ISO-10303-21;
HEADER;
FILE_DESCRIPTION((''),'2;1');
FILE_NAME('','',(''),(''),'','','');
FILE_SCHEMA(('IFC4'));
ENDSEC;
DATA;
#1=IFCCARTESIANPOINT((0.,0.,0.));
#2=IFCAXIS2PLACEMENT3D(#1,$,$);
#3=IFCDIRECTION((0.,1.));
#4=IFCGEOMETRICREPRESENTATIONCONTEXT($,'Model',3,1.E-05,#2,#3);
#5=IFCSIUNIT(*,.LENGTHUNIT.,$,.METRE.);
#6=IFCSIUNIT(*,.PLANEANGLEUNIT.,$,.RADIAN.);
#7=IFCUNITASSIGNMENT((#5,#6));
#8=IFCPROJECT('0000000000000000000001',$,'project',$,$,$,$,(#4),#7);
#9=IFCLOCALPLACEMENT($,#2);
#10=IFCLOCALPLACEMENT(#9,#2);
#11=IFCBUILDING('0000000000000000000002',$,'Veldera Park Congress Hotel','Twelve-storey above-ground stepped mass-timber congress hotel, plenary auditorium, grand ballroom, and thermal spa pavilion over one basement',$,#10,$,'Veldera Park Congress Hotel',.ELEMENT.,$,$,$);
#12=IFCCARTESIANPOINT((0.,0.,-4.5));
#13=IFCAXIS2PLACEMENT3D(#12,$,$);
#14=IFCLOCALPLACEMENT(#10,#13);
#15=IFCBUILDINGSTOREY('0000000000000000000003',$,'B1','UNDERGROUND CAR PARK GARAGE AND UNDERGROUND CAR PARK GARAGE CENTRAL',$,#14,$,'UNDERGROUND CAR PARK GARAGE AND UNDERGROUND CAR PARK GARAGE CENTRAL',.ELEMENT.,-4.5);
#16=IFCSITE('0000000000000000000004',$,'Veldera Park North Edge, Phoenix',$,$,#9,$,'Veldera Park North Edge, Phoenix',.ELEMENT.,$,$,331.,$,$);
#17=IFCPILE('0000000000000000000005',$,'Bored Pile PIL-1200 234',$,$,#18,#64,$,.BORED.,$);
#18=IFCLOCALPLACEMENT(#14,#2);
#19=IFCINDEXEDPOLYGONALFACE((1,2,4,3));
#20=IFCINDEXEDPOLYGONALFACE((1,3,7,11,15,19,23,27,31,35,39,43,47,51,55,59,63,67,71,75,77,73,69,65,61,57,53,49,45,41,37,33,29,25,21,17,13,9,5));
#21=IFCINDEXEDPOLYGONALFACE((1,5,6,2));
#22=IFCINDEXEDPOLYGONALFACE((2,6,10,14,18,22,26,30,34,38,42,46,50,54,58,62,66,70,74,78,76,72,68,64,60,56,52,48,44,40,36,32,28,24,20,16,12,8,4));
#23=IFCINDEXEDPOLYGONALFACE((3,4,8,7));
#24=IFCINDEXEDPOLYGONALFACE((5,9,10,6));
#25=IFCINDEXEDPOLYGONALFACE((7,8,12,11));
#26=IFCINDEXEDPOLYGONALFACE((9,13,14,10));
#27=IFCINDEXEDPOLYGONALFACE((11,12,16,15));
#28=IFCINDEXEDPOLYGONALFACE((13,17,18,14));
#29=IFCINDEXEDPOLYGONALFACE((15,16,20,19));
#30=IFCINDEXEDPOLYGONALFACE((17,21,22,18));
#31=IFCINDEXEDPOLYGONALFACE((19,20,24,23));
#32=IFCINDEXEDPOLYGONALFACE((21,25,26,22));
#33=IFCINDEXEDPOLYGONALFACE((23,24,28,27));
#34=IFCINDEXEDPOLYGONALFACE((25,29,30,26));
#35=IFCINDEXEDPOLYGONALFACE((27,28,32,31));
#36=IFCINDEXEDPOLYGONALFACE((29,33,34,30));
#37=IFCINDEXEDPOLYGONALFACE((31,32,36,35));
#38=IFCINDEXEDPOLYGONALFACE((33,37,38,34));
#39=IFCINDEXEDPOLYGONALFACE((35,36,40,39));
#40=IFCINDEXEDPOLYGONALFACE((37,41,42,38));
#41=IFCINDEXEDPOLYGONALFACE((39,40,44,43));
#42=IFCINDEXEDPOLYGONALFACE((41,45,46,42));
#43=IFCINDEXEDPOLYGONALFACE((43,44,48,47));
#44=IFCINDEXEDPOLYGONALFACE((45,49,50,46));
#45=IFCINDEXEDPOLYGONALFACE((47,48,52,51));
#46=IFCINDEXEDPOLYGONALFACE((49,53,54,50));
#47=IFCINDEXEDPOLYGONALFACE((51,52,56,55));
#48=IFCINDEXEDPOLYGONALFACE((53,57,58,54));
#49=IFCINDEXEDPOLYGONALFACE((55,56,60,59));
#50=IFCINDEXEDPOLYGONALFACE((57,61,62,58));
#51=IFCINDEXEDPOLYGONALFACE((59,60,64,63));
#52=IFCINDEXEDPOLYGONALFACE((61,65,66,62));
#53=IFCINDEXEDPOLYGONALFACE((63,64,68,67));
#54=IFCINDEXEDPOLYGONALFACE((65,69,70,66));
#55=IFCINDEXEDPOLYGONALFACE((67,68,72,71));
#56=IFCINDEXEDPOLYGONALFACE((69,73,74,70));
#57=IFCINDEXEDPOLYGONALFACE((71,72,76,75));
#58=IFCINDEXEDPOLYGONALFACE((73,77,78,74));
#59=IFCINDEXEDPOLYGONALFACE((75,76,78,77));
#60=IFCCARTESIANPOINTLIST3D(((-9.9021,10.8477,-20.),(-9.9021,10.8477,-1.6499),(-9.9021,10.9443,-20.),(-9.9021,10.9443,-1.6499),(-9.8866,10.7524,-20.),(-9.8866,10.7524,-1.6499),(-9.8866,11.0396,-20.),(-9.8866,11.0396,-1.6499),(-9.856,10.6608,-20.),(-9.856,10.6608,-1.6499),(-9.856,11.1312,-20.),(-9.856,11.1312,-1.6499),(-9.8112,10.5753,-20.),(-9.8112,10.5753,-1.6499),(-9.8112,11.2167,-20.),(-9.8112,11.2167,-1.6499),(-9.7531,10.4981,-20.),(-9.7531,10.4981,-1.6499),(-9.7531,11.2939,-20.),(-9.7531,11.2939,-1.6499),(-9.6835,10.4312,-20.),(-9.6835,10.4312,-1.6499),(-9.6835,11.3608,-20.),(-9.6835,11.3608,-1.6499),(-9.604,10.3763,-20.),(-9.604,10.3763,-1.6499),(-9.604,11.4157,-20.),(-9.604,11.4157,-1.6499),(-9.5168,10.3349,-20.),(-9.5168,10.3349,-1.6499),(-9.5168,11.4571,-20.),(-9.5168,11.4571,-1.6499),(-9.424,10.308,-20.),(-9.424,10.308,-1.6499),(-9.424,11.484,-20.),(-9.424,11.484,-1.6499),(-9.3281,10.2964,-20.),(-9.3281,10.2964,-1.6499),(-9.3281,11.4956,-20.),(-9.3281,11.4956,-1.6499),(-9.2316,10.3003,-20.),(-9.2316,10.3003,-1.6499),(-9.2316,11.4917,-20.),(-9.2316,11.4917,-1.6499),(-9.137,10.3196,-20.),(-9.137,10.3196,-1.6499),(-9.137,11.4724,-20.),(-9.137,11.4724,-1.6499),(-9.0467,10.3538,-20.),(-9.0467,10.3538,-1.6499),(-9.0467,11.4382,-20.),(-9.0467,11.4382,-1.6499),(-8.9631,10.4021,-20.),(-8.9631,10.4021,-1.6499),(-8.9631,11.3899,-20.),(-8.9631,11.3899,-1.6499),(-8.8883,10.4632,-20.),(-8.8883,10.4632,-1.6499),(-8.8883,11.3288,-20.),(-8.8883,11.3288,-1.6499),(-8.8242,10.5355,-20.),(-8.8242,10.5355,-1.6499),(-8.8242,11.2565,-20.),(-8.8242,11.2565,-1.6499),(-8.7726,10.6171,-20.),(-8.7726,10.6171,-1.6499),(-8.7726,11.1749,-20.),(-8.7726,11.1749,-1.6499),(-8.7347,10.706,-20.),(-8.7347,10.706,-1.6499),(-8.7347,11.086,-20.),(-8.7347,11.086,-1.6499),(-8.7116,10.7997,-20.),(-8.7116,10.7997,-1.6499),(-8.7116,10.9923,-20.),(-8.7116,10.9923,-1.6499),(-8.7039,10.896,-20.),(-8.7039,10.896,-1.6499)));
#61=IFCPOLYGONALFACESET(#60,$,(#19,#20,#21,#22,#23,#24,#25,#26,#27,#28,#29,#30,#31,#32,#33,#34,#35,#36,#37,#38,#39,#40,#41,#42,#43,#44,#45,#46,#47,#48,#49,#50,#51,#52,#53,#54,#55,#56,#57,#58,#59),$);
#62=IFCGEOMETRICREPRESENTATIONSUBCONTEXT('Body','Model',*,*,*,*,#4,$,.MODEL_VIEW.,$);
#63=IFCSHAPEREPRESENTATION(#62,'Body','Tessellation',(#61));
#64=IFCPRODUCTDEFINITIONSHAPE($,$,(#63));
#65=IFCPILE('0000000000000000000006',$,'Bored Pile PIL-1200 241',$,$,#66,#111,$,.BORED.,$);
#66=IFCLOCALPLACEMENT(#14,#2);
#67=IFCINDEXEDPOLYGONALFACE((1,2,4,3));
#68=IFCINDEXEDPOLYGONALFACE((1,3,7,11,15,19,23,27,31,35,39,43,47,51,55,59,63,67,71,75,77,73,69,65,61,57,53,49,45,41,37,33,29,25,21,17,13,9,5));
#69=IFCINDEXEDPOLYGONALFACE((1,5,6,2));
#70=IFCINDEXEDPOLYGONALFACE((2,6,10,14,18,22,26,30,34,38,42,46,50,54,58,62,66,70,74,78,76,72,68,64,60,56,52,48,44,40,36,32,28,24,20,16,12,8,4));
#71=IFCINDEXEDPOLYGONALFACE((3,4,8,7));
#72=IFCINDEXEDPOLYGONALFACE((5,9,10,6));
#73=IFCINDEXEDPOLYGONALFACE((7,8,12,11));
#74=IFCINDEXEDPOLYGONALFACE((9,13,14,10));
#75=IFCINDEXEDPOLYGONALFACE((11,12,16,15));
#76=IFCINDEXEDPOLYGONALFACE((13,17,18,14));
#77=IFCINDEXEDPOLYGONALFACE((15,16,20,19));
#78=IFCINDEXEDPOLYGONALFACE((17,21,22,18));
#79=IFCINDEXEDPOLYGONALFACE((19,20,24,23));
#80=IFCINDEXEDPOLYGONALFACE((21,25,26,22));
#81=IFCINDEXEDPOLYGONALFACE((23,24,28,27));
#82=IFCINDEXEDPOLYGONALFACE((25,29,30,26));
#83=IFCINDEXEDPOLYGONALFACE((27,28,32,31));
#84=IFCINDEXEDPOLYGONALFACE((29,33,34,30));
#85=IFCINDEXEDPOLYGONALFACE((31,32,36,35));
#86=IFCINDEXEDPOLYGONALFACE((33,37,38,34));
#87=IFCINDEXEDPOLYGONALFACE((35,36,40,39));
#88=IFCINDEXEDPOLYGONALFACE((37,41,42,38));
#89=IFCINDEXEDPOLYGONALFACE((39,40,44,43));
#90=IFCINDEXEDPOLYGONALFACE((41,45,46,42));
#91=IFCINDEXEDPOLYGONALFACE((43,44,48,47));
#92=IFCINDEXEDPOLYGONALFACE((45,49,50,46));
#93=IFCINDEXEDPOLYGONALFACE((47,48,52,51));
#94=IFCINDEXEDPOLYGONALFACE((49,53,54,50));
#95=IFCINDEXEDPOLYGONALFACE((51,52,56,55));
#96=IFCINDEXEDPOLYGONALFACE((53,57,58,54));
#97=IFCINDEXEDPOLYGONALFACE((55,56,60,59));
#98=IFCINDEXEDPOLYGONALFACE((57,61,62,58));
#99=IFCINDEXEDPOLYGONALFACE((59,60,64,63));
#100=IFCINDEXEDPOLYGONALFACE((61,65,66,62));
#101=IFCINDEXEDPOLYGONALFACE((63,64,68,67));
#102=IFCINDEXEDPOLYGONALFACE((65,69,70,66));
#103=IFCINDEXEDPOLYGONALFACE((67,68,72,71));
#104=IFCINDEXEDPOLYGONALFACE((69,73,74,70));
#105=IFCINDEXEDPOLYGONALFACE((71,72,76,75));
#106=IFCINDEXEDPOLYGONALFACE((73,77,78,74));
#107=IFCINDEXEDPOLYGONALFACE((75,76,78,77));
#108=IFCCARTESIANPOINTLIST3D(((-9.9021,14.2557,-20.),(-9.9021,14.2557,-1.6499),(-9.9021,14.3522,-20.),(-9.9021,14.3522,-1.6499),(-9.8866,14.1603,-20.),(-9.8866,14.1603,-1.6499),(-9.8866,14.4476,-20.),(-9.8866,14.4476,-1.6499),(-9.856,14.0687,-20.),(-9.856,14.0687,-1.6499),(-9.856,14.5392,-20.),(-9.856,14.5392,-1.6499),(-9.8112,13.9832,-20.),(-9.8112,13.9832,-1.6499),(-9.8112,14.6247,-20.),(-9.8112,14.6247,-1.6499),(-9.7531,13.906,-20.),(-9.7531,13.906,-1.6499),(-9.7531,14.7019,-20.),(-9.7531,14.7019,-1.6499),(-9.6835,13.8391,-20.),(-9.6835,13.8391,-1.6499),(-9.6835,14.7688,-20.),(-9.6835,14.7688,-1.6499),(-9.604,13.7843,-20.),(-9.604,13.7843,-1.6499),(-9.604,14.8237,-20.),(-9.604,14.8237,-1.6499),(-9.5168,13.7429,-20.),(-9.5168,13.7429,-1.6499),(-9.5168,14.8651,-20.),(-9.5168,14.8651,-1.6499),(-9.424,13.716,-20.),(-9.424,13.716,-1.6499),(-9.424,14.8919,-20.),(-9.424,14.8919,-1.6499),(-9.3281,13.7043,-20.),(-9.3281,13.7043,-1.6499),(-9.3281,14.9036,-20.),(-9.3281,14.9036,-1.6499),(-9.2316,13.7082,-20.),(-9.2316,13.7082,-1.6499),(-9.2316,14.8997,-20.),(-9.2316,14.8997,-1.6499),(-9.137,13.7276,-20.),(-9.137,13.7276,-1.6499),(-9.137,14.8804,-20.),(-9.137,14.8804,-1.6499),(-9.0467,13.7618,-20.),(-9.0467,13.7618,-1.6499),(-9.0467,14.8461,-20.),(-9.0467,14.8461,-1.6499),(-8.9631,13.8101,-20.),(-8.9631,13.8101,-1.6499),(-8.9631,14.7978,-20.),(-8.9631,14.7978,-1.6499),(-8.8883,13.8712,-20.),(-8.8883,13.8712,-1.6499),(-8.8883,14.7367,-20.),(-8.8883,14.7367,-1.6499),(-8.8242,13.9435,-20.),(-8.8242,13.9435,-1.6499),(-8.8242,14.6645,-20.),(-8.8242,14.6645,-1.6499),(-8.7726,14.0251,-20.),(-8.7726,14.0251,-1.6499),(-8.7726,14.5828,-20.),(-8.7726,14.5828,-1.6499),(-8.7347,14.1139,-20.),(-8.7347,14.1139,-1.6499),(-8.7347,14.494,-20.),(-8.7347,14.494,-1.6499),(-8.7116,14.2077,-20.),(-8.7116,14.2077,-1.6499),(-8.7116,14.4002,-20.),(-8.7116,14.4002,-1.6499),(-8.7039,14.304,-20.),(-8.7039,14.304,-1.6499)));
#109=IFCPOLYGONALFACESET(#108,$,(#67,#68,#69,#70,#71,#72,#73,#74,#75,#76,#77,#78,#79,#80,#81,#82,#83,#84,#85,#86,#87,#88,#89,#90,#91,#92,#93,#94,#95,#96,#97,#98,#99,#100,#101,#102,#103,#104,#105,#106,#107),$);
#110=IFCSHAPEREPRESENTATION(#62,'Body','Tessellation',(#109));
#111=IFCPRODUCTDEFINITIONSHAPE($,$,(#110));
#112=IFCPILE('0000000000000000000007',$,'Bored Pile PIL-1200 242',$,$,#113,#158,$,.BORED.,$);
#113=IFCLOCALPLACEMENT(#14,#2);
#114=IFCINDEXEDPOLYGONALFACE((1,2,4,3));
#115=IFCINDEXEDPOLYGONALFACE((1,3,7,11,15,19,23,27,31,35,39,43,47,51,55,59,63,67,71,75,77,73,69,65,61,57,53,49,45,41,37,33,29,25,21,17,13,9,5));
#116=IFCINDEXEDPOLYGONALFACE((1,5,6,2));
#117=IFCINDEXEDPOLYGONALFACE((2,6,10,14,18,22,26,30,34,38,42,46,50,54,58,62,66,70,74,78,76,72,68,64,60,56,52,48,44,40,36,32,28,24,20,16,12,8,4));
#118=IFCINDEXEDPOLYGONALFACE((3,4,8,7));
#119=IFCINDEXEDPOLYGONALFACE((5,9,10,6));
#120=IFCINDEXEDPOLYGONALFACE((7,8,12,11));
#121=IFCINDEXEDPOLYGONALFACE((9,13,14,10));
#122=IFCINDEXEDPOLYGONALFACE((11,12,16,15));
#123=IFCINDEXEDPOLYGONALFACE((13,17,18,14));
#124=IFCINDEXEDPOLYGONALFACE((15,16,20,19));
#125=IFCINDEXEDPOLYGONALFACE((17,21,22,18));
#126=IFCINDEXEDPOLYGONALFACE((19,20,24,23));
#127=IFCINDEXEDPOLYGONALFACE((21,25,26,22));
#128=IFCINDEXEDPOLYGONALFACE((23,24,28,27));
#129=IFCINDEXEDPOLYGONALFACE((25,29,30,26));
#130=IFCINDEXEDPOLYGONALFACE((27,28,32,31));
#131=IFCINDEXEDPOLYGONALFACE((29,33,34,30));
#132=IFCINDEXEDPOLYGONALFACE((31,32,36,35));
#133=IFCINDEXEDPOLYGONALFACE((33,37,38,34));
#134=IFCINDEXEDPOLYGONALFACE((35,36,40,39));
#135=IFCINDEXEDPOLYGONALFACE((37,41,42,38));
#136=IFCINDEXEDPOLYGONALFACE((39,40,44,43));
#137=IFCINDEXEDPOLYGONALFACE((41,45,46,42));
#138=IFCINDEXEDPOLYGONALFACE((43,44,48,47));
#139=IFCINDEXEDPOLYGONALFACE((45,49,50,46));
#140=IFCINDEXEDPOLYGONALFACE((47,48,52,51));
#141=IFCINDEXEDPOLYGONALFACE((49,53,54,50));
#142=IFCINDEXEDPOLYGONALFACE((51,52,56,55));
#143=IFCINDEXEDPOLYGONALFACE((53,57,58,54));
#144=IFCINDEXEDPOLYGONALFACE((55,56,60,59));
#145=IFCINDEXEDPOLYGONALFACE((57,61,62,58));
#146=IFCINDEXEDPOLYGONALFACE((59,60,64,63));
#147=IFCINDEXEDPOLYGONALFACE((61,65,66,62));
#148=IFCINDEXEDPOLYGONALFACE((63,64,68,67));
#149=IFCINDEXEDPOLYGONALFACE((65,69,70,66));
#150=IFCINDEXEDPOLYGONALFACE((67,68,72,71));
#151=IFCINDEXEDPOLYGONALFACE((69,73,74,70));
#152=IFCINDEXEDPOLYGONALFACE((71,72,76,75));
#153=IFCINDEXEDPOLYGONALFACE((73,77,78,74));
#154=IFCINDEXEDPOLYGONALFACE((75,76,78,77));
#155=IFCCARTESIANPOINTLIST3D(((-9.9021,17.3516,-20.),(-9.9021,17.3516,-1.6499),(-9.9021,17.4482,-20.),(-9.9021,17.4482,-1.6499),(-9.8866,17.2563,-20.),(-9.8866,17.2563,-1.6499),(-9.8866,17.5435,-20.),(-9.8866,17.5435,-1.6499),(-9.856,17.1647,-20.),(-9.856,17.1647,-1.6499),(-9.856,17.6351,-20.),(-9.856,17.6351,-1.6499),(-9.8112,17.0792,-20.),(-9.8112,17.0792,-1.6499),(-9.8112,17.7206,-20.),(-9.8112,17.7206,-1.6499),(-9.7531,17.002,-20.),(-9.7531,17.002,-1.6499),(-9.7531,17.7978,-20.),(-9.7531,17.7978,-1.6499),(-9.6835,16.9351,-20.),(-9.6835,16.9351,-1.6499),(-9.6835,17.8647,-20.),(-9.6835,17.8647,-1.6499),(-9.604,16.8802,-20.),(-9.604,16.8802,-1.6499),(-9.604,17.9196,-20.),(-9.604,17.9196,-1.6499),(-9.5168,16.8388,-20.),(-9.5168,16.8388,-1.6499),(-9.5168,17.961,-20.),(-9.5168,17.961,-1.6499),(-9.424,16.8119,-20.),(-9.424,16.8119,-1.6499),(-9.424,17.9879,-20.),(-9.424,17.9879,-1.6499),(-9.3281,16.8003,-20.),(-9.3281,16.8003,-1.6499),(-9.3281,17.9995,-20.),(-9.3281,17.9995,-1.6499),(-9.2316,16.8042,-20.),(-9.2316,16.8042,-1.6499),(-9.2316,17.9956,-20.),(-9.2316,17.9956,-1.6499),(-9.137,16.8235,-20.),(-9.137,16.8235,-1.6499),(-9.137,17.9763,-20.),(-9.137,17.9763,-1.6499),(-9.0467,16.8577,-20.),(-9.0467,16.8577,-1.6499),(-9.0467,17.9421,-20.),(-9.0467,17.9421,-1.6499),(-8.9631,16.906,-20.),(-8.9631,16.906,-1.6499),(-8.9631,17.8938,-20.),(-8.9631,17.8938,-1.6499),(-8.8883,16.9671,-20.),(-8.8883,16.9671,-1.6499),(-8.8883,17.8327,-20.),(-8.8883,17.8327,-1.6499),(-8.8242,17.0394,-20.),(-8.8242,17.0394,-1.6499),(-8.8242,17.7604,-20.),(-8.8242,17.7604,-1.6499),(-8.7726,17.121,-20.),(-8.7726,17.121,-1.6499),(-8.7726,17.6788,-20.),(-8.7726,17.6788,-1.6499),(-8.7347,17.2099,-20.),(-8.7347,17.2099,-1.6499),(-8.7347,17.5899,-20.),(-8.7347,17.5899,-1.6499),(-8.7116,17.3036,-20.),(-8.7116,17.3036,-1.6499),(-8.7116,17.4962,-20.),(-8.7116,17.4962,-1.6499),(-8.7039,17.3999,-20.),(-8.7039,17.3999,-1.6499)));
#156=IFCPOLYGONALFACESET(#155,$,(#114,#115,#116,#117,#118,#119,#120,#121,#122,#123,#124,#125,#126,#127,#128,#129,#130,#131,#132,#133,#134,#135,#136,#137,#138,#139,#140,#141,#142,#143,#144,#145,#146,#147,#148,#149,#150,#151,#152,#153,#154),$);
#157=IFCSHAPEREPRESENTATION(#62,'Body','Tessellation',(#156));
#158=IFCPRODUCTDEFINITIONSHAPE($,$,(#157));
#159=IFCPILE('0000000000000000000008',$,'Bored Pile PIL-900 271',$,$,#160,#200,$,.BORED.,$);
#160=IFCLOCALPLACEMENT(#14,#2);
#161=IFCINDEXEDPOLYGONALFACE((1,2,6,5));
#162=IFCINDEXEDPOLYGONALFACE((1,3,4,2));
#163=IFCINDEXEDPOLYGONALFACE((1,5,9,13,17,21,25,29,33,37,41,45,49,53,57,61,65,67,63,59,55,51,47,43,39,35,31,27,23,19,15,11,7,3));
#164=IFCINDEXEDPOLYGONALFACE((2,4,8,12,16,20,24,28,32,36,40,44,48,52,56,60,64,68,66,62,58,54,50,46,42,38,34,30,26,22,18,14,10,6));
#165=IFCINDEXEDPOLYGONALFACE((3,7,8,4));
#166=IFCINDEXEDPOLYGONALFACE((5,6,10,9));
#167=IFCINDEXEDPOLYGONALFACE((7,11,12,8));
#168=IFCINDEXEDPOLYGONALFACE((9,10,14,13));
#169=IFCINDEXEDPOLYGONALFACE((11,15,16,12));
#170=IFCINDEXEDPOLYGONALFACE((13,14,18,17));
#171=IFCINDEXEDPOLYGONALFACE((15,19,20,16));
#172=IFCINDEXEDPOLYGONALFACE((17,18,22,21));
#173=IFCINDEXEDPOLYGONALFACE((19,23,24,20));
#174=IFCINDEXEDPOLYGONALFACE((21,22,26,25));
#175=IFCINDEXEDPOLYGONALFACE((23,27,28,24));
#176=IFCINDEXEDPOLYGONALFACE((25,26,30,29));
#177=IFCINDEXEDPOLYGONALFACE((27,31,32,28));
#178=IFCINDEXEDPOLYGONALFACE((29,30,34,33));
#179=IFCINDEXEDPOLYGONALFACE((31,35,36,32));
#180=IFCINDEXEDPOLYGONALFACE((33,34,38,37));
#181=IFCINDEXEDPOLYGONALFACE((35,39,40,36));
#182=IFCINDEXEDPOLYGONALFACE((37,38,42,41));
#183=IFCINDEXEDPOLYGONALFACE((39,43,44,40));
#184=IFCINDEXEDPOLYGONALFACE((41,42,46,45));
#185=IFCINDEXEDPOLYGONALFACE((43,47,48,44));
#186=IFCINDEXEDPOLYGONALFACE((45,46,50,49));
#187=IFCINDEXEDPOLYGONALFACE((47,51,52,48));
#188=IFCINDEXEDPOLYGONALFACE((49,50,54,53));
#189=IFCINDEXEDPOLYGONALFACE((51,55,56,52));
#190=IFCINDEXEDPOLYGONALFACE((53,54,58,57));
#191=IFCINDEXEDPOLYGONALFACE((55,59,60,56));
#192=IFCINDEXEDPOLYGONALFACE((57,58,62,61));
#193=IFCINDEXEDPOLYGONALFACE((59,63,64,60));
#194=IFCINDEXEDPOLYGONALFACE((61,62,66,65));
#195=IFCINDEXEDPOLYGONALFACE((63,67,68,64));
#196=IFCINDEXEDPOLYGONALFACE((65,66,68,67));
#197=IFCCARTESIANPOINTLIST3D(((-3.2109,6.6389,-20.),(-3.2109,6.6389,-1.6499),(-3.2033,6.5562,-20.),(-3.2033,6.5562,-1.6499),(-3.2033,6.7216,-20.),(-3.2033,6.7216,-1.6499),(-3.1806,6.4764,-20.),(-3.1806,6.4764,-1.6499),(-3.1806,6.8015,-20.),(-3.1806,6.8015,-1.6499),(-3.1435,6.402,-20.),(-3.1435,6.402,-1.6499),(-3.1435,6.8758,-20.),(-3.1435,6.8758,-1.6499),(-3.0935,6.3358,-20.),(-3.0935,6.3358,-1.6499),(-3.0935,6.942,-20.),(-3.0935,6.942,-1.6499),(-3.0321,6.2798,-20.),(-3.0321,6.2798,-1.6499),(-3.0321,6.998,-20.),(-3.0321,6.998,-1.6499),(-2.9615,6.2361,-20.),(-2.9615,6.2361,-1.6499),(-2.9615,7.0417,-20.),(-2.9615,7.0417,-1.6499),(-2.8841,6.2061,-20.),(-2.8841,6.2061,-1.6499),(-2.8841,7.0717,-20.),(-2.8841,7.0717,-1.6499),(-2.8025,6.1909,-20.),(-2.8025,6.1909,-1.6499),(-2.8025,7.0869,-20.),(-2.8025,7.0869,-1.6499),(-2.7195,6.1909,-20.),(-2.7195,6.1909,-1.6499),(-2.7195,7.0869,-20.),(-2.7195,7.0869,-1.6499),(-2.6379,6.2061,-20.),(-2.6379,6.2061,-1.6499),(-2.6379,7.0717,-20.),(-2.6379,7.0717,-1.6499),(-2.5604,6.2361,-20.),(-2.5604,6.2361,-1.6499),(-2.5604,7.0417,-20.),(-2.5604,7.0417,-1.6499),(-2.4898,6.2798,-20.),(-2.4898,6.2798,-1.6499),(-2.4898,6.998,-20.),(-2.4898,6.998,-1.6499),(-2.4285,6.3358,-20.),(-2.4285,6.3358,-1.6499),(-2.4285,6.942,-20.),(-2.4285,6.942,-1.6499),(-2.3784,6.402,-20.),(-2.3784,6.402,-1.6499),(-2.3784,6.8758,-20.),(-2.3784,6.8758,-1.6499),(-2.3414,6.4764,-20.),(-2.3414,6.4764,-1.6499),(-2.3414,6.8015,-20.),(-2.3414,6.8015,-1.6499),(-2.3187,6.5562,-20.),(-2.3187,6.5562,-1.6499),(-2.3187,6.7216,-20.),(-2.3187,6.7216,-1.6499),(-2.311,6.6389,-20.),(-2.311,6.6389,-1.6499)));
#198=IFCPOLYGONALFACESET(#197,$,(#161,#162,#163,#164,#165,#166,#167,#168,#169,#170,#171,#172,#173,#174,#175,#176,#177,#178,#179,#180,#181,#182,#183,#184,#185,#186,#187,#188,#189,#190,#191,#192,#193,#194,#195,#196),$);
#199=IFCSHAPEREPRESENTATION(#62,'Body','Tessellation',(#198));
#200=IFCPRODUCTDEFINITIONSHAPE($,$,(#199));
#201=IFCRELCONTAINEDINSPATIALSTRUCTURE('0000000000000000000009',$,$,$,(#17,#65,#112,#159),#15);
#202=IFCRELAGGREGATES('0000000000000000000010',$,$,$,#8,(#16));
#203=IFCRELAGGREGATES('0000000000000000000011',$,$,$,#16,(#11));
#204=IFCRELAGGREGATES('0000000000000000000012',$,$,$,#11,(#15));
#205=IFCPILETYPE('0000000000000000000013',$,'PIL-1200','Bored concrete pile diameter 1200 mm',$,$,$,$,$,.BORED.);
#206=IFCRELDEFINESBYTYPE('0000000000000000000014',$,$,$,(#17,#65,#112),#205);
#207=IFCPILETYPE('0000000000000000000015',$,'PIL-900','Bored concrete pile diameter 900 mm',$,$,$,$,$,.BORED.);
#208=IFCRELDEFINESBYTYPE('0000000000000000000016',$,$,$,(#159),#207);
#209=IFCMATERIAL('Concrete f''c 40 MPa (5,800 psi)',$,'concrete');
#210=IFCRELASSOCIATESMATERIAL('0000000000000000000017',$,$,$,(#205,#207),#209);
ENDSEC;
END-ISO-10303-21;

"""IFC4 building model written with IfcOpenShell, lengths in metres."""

from ifc_helpers import new_model, si_unit, direction, frame, origin, origin_2d, place, context, subcontext, project, spatial, circle, extrude, material, material_profile, profile_set, type_object, element, save


model = new_model("IFC4")

# Units and contexts
model_context = context("Model", 3, precision=1e-05, world=origin(), true_north=direction((0.0, 1.0)))
body_context = subcontext(model_context, "Body", "Model", "MODEL_VIEW")
ifc_project = project(units=[si_unit("LENGTHUNIT", "METRE"), si_unit("PLANEANGLEUNIT", "RADIAN")], contexts=[model_context])

# Site, building, storey
site_placement = place(None, origin())
site = spatial("IfcSite", under=ifc_project, at=site_placement, Name="Veldera Park North Edge, Phoenix", LongName="Veldera Park North Edge, Phoenix", CompositionType="ELEMENT", RefElevation=331.0)
building_placement = place(site_placement, origin())
building = spatial("IfcBuilding", under=site, at=building_placement, Name="Veldera Park Congress Hotel", Description="Twelve-storey above-ground stepped mass-timber congress hotel, plenary auditorium, grand ballroom, and thermal spa pavilion over one basement", LongName="Veldera Park Congress Hotel", CompositionType="ELEMENT")
storey_placement = place(building_placement, frame((0.0, 0.0, -4.5)))
storey = spatial("IfcBuildingStorey", under=building, at=storey_placement, Name="B1", Description="UNDERGROUND CAR PARK GARAGE AND UNDERGROUND CAR PARK GARAGE CENTRAL", LongName="UNDERGROUND CAR PARK GARAGE AND UNDERGROUND CAR PARK GARAGE CENTRAL", CompositionType="ELEMENT", Elevation=-4.5)

# Shared definitions
ifc_material_1 = material(Name="Concrete f'c 40 MPa (5,800 psi)", Category="concrete")

# Piles
ifc_material_profile_1 = material_profile(ifc_material_1, circle(Radius=0.6001, at=origin_2d()), Name="PILE D1200")
ifc_profile_set_1 = profile_set([ifc_material_profile_1], Name="Concrete f'c 40 MPa (5,800 psi)")
pile_type_1 = type_object("IfcPileType", Name="PIL-1200", Description="Bored concrete pile diameter 1200 mm", PredefinedType="BORED", material=ifc_profile_set_1)
for number, where, z_axis, x_axis, name in (
    (1, (-9.304, 10.896, -1.6499), (0.0, 0.0, -1.0), (1.0, 0.0, 0.0), "Bored Pile PIL-1200 234"),
    (2, (-9.304, 14.304, -1.6499), (0.0, 0.0, -1.0), (1.0, 0.0, 0.0), "Bored Pile PIL-1200 241"),
    (3, (-9.304, 17.3999, -1.6499), (0.0, 0.0, -1.0), (1.0, 0.0, 0.0), "Bored Pile PIL-1200 242"),
):
    element("IfcPile", number, at=place(storey_placement, frame(where, z_axis=z_axis, x_axis=x_axis)), inside=storey, type_object=pile_type_1, Name=name, PredefinedType="BORED", context=body_context, shape_type="SweptSolid", body=[
        extrude(circle(Radius=0.6001, at=origin_2d()), origin(), (0.0, 0.0, 1.0), 18.3501),
    ])
ifc_material_profile_2 = material_profile(ifc_material_1, circle(Radius=0.45, at=origin_2d()), Name="PILE D900")
ifc_profile_set_2 = profile_set([ifc_material_profile_2], Name="Concrete f'c 40 MPa (5,800 psi)")
pile_type_2 = type_object("IfcPileType", Name="PIL-900", Description="Bored concrete pile diameter 900 mm", PredefinedType="BORED", material=ifc_profile_set_2)
for number, where, z_axis, x_axis, name in (
    (4, (-2.761, 6.6389, -1.6499), (0.0, 0.0, -1.0), (1.0, 0.0, 0.0), "Bored Pile PIL-900 271"),
):
    element("IfcPile", number, at=place(storey_placement, frame(where, z_axis=z_axis, x_axis=x_axis)), inside=storey, type_object=pile_type_2, Name=name, PredefinedType="BORED", context=body_context, shape_type="SweptSolid", body=[
        extrude(circle(Radius=0.45, at=origin_2d()), origin(), (0.0, 0.0, 1.0), 18.3501),
    ])

save(model, "model.ifc")
